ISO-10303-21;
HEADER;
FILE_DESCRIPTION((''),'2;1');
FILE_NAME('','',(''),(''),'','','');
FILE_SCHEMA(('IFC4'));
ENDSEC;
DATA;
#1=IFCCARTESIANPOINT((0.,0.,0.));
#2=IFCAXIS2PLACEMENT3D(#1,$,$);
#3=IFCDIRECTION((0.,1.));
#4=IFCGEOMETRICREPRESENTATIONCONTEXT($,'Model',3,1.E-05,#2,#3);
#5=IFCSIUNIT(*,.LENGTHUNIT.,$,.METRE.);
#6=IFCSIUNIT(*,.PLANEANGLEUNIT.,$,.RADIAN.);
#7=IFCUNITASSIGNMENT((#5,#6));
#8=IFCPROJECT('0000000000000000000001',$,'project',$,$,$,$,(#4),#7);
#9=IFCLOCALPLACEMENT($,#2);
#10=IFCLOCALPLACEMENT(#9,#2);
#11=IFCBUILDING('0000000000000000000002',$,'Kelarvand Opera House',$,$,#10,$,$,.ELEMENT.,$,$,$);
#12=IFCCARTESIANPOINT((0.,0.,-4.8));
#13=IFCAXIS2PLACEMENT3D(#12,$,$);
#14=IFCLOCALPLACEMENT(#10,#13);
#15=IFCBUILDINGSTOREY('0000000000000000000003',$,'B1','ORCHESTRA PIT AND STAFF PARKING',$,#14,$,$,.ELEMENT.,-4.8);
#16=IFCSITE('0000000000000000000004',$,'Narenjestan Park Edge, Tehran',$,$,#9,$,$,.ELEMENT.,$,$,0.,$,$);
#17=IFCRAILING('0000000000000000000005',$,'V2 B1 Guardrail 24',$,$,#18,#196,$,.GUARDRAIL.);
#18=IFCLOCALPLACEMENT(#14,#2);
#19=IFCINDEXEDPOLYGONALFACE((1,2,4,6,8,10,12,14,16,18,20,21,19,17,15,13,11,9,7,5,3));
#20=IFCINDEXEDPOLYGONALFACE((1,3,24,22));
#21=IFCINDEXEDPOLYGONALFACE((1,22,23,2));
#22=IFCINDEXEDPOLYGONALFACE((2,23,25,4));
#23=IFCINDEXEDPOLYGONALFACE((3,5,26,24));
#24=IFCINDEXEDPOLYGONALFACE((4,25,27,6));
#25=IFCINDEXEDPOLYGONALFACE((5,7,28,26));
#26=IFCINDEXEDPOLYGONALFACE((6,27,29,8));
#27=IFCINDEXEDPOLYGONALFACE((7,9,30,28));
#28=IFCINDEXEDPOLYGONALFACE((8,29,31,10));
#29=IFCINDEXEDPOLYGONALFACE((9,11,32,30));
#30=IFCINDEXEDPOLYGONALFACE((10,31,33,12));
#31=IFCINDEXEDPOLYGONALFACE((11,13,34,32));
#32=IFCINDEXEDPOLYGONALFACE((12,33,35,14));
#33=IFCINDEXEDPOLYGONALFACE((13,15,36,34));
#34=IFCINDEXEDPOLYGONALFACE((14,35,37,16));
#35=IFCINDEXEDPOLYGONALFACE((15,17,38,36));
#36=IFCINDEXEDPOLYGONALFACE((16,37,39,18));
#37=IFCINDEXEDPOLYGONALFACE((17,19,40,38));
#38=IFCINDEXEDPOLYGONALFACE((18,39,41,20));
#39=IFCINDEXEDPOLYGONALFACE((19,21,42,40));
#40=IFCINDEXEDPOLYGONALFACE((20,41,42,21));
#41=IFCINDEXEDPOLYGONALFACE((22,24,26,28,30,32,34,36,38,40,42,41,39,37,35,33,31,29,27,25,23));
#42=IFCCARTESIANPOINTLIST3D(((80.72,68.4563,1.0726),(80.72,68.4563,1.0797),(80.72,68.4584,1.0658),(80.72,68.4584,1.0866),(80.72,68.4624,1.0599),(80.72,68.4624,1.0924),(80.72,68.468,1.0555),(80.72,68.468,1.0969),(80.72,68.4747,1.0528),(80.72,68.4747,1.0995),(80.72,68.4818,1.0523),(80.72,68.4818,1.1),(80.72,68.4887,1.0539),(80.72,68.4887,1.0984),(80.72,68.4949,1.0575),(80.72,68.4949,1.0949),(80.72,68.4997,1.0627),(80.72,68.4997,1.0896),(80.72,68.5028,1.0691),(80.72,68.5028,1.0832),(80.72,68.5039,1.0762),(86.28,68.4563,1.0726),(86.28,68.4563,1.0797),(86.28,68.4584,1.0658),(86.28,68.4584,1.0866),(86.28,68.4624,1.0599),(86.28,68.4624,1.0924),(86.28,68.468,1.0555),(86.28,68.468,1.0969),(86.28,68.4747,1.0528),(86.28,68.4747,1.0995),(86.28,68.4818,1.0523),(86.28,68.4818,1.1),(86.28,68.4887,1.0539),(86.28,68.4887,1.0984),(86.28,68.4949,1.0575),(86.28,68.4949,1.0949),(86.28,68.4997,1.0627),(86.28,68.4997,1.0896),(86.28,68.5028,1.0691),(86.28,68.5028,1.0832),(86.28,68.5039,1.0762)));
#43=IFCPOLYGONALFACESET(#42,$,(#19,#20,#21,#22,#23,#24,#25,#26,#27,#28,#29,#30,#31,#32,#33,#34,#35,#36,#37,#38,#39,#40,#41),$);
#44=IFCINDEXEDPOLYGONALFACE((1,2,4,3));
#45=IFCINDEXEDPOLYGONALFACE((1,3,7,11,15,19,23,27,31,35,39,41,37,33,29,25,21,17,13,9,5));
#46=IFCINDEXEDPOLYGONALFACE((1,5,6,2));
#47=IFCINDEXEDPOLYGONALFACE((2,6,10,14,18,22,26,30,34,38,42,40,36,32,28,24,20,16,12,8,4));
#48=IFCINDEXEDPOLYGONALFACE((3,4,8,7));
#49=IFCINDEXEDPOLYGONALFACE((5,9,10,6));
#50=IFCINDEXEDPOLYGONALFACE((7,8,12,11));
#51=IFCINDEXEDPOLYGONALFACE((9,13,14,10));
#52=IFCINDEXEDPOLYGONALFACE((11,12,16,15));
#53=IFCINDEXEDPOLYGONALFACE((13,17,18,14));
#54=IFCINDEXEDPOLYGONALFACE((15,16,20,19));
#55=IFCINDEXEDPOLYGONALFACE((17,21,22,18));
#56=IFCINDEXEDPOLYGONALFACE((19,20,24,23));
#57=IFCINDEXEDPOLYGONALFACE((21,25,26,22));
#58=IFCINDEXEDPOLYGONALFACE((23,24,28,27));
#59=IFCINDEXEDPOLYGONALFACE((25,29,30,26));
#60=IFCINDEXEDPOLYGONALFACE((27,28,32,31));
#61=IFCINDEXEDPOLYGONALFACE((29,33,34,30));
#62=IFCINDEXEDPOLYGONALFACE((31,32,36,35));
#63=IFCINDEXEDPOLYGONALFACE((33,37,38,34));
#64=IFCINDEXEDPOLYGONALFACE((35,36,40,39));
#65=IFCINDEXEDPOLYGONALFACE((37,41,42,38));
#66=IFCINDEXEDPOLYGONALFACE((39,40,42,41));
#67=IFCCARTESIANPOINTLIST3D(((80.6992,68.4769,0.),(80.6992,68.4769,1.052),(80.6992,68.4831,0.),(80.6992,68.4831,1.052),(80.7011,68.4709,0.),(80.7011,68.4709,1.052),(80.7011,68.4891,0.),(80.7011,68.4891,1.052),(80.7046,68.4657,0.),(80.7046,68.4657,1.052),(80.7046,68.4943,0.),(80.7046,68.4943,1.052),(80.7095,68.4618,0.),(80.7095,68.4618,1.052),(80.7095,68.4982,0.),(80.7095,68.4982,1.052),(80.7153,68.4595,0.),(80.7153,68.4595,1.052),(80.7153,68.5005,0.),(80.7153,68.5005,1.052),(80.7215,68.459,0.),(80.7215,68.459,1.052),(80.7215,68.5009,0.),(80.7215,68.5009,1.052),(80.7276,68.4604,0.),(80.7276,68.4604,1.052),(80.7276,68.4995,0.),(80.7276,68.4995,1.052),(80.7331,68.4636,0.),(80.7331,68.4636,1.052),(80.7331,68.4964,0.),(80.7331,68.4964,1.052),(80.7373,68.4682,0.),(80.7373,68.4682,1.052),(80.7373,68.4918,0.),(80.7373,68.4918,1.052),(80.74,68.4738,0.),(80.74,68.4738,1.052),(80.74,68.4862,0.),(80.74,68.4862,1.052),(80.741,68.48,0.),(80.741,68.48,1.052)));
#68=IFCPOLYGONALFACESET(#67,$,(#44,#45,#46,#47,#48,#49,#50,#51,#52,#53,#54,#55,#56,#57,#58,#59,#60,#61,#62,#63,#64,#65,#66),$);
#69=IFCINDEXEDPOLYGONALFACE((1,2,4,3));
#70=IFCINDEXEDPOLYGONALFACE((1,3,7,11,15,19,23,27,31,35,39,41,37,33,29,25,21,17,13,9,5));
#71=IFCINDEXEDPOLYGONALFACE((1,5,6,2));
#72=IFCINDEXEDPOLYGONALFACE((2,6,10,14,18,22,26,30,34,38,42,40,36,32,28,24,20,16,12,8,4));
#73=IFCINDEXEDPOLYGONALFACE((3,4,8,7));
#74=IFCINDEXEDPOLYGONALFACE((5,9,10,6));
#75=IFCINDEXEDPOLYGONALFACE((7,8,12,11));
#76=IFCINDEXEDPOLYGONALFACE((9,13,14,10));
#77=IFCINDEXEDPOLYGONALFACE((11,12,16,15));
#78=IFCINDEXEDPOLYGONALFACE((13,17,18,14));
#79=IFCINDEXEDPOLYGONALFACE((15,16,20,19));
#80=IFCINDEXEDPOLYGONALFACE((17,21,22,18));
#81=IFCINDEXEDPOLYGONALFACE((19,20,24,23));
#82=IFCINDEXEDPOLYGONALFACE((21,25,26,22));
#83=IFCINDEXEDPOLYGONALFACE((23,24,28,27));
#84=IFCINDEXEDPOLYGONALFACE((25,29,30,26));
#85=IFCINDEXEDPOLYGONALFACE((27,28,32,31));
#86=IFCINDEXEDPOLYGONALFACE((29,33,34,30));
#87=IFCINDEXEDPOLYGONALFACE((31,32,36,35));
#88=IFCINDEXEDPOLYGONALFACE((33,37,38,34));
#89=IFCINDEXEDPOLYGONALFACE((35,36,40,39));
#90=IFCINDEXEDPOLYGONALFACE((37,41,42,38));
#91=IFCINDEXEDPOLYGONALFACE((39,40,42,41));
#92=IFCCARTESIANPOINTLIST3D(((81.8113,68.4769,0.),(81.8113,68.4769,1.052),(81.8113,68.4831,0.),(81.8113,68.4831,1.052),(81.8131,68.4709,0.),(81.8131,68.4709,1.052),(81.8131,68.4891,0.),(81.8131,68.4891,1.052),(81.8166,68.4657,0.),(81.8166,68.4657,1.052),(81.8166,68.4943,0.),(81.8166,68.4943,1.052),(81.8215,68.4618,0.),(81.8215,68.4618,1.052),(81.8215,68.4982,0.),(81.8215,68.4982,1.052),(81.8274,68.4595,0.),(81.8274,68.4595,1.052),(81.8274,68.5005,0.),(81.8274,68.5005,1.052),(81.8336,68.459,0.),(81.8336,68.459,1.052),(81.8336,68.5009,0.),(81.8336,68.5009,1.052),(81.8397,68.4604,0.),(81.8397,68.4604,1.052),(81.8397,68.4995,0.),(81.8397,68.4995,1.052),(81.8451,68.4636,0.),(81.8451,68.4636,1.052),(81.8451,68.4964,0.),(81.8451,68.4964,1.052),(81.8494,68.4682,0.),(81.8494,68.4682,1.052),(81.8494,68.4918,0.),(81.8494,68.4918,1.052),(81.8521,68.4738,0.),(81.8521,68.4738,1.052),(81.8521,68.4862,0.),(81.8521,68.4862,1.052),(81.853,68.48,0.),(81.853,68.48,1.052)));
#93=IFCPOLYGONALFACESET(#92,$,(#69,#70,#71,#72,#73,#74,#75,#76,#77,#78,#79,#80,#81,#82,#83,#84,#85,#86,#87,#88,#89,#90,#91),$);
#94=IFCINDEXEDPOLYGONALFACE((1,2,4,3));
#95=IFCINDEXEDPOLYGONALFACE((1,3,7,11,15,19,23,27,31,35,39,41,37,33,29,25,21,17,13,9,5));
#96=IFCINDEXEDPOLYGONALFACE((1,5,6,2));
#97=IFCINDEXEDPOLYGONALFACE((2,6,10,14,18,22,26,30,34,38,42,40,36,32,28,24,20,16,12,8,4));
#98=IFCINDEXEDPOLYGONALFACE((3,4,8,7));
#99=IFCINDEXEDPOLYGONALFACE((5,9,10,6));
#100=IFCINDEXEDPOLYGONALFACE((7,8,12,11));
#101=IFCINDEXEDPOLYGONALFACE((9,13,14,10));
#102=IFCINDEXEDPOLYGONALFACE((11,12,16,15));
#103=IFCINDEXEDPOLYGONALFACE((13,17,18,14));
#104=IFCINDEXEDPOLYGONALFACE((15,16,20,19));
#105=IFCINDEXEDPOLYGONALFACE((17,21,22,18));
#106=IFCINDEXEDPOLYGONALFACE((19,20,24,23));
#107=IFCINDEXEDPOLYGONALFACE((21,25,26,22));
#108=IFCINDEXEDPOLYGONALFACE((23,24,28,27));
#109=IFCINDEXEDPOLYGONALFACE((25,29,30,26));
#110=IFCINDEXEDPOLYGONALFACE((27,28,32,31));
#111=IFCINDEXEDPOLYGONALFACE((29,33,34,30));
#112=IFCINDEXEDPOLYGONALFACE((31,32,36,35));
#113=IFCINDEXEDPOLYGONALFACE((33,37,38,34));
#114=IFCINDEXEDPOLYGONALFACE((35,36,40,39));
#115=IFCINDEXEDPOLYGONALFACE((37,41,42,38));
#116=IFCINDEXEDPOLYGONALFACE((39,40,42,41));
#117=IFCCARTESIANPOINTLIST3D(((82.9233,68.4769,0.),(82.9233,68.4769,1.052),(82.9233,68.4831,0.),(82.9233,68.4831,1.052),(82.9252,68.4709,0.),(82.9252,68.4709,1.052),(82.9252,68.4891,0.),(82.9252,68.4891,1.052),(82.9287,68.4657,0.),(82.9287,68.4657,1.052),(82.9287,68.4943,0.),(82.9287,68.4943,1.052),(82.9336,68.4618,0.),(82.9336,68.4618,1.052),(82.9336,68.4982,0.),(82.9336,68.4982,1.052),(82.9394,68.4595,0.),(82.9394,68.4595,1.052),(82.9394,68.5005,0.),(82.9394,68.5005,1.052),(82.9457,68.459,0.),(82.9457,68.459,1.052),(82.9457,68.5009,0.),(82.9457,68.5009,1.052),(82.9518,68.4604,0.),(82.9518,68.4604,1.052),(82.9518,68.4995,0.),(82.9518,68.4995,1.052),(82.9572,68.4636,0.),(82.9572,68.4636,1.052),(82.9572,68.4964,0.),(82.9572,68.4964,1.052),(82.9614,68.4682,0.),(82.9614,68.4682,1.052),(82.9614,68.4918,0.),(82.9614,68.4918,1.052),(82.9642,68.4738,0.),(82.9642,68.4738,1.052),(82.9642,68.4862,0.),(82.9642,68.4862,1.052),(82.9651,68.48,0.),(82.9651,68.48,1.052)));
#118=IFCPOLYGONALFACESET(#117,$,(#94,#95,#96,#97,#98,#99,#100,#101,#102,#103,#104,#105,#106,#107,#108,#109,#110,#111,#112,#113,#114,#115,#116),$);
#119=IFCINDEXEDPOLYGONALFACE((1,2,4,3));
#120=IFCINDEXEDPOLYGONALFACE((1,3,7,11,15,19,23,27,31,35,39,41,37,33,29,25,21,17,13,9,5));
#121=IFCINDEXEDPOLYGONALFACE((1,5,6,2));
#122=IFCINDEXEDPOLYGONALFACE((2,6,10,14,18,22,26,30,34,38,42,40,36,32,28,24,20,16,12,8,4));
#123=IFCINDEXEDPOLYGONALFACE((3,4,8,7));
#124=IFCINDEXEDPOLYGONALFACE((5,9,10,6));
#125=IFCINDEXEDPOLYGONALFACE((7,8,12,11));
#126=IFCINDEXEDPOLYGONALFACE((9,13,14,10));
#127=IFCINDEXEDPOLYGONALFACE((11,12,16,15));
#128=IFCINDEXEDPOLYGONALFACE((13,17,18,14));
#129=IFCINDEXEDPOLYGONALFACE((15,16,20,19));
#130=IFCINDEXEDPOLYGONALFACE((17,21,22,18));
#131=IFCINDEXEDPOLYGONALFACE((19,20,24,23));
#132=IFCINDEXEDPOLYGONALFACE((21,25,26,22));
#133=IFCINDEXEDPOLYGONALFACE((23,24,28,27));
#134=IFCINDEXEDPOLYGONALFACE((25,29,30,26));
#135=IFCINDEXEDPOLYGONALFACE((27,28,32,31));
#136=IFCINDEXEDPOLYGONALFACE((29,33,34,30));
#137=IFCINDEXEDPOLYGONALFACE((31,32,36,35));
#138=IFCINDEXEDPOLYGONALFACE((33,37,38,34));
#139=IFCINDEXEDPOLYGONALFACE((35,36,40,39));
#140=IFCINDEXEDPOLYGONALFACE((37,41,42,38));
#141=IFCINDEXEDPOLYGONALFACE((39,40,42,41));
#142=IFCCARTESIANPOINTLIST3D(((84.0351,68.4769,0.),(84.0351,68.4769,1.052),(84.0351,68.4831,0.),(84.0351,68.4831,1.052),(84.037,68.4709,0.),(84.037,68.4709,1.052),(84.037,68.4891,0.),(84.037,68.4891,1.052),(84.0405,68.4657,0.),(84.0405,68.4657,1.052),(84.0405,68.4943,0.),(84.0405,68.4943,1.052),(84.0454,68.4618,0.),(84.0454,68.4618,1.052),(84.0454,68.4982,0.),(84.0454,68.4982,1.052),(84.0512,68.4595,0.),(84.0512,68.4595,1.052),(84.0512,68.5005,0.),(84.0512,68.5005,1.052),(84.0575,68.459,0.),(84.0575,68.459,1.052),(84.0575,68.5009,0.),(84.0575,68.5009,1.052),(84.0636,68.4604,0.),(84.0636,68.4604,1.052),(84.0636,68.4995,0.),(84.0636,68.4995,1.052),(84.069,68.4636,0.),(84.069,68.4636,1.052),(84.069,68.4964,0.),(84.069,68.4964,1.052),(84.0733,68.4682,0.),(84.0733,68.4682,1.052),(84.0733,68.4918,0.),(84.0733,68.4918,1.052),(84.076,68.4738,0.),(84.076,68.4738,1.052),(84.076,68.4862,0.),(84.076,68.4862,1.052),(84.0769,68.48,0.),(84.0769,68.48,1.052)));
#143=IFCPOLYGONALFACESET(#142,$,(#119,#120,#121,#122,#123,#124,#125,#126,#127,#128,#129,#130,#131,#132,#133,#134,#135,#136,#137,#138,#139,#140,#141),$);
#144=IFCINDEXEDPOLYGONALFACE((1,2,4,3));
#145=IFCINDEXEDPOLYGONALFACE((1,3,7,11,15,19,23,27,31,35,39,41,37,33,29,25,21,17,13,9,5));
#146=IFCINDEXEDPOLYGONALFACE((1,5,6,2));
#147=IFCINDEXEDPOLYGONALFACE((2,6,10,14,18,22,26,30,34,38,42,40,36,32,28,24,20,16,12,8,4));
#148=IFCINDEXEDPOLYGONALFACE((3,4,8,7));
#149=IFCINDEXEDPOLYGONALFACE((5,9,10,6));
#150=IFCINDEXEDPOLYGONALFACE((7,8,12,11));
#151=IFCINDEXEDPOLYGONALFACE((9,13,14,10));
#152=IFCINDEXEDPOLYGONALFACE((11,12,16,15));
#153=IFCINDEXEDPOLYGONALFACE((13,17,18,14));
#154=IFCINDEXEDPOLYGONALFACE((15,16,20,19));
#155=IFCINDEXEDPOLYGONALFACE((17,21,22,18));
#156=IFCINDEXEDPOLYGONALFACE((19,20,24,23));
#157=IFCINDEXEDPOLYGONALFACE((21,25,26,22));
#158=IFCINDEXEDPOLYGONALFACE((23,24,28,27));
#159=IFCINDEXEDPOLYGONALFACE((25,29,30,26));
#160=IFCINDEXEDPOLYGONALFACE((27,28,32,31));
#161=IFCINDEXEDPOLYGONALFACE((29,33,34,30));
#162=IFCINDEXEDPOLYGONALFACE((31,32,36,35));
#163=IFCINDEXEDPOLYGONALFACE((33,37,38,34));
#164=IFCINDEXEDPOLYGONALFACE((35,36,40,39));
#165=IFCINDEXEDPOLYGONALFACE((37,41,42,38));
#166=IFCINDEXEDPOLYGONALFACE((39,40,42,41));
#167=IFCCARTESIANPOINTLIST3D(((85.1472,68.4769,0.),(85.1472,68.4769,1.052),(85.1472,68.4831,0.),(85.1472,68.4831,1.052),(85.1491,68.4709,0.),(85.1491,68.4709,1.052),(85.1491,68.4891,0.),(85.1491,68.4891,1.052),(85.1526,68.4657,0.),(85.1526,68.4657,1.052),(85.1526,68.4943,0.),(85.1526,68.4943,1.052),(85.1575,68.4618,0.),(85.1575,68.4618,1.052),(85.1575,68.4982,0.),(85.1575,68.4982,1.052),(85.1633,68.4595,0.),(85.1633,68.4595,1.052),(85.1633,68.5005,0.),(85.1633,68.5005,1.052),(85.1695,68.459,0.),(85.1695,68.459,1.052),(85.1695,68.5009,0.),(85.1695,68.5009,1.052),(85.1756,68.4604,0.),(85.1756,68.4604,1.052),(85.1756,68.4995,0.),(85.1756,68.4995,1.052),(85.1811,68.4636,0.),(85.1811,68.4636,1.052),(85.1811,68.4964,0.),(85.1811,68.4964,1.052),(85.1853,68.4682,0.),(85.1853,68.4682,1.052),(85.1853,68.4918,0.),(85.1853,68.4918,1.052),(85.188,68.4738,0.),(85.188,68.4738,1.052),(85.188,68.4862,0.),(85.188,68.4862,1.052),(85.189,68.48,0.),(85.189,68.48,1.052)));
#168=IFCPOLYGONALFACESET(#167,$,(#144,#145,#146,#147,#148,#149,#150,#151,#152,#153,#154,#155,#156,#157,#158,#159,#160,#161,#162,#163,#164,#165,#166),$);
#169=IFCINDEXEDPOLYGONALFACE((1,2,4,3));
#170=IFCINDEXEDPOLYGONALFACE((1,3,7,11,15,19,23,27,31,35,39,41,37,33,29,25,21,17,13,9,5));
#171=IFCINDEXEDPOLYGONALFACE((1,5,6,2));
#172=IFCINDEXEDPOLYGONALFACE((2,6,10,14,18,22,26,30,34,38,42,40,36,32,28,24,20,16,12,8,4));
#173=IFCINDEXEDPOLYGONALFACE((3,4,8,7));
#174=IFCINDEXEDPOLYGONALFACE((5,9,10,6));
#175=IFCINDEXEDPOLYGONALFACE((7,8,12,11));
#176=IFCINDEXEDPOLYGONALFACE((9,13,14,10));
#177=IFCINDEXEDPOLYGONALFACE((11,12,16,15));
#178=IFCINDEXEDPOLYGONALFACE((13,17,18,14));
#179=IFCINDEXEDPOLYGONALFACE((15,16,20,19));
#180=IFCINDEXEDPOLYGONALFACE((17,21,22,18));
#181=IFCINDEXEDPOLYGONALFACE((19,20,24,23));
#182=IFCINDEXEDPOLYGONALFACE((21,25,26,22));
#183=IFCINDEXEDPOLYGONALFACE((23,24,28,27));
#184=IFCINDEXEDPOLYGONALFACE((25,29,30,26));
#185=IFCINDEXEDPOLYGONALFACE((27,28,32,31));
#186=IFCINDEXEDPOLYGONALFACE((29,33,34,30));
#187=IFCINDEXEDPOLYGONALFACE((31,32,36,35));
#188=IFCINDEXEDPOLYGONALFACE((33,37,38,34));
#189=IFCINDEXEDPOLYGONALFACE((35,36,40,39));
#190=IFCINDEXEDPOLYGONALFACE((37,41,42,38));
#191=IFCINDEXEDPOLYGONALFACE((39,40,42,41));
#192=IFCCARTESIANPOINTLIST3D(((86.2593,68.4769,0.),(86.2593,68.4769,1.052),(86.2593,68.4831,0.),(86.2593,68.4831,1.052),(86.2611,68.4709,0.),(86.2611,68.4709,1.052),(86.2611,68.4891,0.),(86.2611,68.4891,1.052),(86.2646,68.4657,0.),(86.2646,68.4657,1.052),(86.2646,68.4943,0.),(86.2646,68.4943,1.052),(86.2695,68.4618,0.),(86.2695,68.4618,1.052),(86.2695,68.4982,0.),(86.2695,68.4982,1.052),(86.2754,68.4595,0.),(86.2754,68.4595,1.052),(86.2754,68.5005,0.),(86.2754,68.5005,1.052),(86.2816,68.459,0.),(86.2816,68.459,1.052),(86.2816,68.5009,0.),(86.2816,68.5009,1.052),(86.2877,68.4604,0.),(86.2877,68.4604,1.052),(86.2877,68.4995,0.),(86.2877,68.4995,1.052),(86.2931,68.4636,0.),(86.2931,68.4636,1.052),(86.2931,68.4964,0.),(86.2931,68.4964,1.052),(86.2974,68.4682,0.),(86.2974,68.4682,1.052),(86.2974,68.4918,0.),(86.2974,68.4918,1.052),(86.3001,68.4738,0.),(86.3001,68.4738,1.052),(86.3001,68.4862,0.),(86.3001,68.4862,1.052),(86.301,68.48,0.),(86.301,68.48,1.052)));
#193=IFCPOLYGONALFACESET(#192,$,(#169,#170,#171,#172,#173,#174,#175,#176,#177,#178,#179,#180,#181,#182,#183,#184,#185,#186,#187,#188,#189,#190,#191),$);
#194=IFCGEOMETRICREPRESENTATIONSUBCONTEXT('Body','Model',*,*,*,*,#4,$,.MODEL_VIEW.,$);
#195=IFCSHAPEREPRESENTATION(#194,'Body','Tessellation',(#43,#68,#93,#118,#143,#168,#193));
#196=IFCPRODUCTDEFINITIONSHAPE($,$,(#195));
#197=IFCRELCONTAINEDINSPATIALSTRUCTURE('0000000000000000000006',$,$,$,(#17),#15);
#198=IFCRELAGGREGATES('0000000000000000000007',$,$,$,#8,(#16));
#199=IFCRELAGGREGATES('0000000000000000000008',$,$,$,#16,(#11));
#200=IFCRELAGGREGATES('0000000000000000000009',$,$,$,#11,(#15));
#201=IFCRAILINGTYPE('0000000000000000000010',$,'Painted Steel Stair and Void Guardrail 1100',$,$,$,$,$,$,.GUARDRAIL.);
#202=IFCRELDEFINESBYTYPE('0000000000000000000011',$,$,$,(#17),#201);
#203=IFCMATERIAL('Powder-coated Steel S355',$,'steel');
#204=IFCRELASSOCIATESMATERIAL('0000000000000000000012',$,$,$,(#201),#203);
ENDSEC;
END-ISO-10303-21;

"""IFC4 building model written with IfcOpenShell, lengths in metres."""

from ifc_helpers import new_model, si_unit, direction, frame, origin, origin_2d, place, context, subcontext, project, spatial, circle, extrude, material, type_object, element, save


model = new_model("IFC4")

# Units and contexts
model_context = context("Model", 3, precision=1e-05, world=origin(), true_north=direction((0.0, 1.0)))
body_context = subcontext(model_context, "Body", "Model", "MODEL_VIEW")
ifc_project = project(units=[si_unit("LENGTHUNIT", "METRE"), si_unit("PLANEANGLEUNIT", "RADIAN")], contexts=[model_context])

# Site, building, storey
site_placement = place(None, origin())
site = spatial("IfcSite", under=ifc_project, at=site_placement, Name="Narenjestan Park Edge, Tehran", CompositionType="ELEMENT", RefElevation=0.0)
building_placement = place(site_placement, origin())
building = spatial("IfcBuilding", under=site, at=building_placement, Name="Kelarvand Opera House", CompositionType="ELEMENT")
storey_placement = place(building_placement, frame((0.0, 0.0, -4.8)))
storey = spatial("IfcBuildingStorey", under=building, at=storey_placement, Name="B1", Description="ORCHESTRA PIT AND STAFF PARKING", CompositionType="ELEMENT", Elevation=-4.8)

# Railing
ifc_material_1 = material(Name="Powder-coated Steel S355", Category="steel")
railing_type = type_object("IfcRailingType", Name="Painted Steel Stair and Void Guardrail 1100", PredefinedType="GUARDRAIL", material=ifc_material_1)
railing_1_placement = place(storey_placement, frame((80.72, 68.48, 0.0)))
element("IfcRailing", 1, at=railing_1_placement, inside=storey, type_object=railing_type, Name="V2 B1 Guardrail 24", PredefinedType="GUARDRAIL", context=body_context, shape_type="SweptSolid", body=[
    extrude(circle(Radius=0.0239, at=origin_2d()), frame((0.0, 0.0, 1.0762), z_axis=(1.0, 0.0, 0.0), x_axis=(0.0, 1.0, 0.0)), (0.0, 0.0, 1.0), 5.5601),
    extrude(circle(Radius=0.021, at=origin_2d()), origin(), (0.0, 0.0, 1.0), 1.052),
    extrude(circle(Radius=0.021, at=origin_2d()), frame((1.1121, 0.0, 0.0)), (0.0, 0.0, 1.0), 1.052),
    extrude(circle(Radius=0.021, at=origin_2d()), frame((2.2241, 0.0, 0.0)), (0.0, 0.0, 1.0), 1.052),
    extrude(circle(Radius=0.021, at=origin_2d()), frame((3.3359, 0.0, 0.0)), (0.0, 0.0, 1.0), 1.052),
    extrude(circle(Radius=0.021, at=origin_2d()), frame((4.448, 0.0, 0.0)), (0.0, 0.0, 1.0), 1.052),
    extrude(circle(Radius=0.021, at=origin_2d()), frame((5.5601, 0.0, 0.0)), (0.0, 0.0, 1.0), 1.052),
])

save(model, "model.ifc")
